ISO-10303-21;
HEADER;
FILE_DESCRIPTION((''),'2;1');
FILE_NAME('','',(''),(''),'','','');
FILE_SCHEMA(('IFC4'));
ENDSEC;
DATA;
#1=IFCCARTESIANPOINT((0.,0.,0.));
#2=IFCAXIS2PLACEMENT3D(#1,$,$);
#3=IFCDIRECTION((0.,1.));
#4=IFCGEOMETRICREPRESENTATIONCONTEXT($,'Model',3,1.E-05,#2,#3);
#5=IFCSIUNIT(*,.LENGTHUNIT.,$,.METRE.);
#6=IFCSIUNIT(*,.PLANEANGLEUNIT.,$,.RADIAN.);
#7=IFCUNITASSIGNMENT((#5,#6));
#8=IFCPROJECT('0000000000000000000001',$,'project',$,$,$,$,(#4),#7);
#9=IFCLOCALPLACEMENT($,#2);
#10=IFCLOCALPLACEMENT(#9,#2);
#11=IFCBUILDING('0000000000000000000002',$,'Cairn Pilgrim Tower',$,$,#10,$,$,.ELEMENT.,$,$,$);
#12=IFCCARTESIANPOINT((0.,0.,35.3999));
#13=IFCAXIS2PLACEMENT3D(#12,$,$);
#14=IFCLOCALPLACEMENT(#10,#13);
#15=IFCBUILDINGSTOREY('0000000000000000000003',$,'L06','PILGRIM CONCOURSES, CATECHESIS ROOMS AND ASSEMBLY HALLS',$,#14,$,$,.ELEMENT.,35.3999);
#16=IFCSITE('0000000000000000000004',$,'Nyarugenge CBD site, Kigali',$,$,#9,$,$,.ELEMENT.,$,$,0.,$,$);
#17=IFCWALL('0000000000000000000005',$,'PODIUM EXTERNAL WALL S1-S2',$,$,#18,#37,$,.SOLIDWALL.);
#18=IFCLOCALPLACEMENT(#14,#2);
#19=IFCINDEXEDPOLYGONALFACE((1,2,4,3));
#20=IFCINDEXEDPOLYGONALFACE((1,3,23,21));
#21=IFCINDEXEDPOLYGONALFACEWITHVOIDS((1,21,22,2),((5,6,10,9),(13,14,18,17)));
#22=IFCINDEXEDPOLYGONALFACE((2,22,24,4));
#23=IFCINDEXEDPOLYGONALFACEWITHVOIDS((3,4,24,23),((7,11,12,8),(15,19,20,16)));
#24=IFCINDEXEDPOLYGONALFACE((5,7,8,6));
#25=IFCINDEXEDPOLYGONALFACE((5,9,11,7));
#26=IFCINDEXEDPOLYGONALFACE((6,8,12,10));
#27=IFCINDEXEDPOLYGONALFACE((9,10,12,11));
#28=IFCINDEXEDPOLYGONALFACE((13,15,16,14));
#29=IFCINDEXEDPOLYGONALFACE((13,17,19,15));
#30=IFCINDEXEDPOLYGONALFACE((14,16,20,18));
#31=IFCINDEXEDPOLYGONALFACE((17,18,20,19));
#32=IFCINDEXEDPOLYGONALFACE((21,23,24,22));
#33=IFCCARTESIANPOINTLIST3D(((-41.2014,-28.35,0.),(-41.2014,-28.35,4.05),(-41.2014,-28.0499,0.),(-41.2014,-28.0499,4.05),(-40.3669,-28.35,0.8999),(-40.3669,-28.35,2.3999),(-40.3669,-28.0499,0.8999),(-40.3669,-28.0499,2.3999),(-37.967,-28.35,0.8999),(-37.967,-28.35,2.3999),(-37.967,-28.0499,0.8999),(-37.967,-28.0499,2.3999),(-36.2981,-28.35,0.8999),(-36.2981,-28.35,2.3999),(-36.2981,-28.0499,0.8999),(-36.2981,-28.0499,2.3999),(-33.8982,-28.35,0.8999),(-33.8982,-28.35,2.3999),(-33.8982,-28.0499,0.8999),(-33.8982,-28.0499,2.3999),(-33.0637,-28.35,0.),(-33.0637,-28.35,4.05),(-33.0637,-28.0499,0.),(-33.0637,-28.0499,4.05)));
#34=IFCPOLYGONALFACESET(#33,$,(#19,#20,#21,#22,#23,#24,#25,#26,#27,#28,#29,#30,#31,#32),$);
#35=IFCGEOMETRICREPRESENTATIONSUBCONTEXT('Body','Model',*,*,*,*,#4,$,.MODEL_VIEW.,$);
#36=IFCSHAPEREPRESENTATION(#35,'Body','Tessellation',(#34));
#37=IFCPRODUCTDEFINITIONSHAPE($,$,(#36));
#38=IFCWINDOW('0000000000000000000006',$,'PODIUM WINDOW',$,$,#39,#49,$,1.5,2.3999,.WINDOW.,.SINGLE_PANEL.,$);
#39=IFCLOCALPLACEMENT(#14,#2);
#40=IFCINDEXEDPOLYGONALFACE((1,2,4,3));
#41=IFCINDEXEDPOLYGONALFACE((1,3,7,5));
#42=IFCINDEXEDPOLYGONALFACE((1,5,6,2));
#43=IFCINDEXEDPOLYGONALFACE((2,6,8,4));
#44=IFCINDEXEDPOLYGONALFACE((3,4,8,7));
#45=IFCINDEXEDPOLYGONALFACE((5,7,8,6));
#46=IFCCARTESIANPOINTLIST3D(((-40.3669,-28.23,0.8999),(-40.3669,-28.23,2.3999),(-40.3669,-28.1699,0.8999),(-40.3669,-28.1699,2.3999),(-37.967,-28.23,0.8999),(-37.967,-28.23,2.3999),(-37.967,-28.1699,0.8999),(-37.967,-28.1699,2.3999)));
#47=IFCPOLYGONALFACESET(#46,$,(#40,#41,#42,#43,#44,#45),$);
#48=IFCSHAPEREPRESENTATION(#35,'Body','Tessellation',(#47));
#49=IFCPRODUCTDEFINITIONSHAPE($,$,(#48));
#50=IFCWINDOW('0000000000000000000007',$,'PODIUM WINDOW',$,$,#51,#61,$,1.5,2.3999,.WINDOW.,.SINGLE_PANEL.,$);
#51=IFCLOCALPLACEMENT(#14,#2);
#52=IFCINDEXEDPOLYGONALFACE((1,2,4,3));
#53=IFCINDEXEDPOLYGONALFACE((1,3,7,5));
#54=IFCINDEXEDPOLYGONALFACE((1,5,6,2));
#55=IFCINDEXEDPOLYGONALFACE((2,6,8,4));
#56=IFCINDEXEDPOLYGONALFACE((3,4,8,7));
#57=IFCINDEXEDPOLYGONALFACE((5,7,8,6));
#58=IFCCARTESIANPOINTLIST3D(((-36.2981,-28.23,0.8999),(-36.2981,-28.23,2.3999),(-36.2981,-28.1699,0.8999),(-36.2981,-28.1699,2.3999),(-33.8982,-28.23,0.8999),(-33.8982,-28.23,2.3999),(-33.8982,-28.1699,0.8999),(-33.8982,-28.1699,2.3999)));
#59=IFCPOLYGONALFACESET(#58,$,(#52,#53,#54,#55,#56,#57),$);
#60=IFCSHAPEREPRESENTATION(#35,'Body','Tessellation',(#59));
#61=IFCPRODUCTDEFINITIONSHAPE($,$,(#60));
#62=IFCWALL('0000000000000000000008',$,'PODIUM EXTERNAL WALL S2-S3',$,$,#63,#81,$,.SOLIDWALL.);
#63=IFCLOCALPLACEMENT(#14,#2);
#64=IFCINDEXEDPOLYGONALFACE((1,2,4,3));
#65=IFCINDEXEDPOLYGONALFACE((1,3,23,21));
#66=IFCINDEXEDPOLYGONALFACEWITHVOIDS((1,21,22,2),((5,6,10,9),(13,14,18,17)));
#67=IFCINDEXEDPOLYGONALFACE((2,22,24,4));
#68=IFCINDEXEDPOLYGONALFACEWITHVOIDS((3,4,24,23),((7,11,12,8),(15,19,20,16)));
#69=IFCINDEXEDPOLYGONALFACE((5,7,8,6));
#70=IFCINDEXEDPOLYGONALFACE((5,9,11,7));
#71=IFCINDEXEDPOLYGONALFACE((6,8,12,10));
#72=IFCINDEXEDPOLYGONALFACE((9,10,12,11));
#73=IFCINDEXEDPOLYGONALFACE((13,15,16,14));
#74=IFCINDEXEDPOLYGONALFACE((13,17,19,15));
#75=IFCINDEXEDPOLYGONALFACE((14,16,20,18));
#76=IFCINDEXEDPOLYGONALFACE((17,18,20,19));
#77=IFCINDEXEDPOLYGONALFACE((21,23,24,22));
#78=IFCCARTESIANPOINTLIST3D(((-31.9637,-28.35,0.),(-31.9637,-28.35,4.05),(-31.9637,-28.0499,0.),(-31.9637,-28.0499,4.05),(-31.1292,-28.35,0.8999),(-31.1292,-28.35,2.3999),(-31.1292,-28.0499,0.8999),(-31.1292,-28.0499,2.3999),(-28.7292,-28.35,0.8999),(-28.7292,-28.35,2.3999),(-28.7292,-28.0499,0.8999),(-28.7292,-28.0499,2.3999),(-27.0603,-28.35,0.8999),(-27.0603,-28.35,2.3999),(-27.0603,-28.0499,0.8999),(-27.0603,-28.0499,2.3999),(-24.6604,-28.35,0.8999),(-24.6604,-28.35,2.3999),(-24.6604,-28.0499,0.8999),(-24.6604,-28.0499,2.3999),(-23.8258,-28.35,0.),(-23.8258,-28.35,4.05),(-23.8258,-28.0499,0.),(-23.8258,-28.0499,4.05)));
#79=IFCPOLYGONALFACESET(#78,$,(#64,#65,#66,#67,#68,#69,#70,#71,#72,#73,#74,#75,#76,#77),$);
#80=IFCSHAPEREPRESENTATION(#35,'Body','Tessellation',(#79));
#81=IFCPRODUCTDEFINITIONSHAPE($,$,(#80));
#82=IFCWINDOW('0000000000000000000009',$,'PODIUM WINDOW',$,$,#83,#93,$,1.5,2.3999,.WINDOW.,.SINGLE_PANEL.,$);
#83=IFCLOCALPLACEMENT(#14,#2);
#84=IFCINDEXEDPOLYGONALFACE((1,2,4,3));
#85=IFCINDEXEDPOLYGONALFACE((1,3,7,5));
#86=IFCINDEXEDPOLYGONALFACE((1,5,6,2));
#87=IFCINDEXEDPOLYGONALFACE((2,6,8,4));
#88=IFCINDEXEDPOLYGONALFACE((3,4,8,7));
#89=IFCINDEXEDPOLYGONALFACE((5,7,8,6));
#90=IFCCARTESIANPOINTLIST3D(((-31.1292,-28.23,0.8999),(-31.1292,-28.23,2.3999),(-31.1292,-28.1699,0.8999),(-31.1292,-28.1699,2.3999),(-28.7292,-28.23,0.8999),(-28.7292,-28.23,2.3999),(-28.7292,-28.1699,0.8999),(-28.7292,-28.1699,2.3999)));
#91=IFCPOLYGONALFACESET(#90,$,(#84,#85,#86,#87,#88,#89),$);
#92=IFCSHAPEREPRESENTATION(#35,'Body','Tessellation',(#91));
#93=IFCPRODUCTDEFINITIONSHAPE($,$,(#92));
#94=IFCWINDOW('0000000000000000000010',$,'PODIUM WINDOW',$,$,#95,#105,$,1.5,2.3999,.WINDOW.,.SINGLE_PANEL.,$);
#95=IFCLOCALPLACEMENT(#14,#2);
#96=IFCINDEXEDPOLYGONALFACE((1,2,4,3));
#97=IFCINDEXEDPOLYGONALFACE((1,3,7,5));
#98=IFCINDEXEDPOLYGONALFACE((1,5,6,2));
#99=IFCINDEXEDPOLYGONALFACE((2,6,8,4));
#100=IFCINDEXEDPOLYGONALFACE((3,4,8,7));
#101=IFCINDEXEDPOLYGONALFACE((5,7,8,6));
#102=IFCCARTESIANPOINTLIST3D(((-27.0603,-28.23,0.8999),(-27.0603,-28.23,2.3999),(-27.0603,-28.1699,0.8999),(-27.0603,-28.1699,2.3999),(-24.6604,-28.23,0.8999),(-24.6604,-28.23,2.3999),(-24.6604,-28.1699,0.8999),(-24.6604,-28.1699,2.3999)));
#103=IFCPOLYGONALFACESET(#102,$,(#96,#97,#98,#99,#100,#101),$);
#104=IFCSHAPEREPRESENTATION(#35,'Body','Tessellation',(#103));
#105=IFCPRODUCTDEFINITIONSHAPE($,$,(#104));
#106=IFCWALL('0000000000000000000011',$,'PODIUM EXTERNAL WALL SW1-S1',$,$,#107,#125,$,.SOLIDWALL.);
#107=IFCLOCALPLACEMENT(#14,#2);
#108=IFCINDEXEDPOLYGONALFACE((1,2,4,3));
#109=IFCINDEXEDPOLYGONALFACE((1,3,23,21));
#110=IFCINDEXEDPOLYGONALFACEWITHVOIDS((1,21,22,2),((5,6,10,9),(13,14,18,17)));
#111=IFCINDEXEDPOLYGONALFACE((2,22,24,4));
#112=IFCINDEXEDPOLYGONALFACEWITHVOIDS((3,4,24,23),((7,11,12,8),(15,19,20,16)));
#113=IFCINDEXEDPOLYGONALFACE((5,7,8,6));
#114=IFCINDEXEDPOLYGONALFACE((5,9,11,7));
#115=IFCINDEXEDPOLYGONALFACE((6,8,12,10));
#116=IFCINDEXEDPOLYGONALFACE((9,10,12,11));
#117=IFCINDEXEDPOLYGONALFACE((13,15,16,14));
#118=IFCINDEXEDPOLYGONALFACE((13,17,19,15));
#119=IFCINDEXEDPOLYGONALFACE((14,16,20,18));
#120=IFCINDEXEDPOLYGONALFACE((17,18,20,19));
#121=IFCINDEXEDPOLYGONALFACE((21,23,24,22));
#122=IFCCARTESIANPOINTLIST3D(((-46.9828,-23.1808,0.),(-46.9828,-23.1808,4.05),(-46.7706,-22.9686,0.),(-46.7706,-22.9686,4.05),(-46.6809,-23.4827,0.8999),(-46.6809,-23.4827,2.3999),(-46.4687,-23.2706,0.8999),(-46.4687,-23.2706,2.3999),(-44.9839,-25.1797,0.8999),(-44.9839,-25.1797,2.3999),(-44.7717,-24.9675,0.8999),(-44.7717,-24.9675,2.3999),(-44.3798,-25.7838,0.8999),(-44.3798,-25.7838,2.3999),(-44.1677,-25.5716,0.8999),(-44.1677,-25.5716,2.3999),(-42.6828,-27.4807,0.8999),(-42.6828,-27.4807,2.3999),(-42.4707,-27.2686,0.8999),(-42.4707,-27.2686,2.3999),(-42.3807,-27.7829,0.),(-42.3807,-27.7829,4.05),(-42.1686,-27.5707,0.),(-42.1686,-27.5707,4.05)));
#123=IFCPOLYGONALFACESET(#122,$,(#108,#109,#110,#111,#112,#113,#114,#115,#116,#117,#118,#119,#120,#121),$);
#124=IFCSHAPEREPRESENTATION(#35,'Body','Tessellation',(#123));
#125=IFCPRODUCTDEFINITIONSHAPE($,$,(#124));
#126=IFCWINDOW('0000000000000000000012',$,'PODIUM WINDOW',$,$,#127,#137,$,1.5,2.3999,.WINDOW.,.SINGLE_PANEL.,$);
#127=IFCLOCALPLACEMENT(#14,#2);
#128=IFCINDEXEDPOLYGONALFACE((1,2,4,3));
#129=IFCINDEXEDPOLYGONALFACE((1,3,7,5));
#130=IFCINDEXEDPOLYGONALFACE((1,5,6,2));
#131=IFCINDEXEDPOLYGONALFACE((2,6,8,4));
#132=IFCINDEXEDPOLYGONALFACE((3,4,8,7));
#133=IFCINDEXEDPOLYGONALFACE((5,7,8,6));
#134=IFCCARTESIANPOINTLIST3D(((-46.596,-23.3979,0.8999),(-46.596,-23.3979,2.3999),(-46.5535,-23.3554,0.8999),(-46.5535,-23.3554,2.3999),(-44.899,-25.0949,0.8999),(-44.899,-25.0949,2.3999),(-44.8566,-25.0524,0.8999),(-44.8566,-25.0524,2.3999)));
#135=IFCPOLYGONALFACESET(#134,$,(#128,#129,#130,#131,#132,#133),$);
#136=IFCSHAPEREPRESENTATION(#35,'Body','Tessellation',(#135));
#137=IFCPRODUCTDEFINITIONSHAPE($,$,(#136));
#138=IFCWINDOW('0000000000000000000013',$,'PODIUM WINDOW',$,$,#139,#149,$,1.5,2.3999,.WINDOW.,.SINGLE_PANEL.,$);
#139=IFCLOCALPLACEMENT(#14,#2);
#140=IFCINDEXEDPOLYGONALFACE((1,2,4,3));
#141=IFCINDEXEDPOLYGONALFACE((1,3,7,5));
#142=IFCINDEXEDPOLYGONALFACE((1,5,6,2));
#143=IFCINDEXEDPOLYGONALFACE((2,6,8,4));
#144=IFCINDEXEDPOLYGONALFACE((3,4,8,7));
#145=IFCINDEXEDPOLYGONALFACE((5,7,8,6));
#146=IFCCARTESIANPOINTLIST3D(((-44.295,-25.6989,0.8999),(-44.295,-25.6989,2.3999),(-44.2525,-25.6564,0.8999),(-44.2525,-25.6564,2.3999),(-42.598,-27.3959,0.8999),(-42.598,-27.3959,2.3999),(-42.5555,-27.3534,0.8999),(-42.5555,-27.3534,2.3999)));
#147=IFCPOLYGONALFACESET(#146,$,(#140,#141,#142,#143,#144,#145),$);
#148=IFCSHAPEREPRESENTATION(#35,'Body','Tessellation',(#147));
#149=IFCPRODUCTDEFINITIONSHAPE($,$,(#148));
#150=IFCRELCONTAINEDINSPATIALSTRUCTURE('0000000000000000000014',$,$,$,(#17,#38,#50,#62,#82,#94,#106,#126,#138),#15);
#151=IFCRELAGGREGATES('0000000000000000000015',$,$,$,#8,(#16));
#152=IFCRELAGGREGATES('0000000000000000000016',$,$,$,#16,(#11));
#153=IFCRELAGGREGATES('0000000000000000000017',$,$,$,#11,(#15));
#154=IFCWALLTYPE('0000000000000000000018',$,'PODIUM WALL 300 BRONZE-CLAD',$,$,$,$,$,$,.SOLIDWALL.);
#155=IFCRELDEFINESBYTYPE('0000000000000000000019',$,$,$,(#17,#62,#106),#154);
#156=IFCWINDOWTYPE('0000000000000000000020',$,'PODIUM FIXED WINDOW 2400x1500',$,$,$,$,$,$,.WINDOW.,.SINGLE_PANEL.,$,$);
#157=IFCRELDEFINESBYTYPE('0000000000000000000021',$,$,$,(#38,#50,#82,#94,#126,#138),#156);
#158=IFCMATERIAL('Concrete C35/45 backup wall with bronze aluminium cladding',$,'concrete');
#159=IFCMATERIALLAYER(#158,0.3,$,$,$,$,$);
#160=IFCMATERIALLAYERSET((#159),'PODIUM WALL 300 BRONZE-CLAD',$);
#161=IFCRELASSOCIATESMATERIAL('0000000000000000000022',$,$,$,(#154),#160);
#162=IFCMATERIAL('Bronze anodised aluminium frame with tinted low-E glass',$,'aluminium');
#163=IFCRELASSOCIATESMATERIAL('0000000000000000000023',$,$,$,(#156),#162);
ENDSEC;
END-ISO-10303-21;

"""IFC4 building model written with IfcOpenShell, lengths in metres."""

from ifc_helpers import new_model, si_unit, direction, frame, frame_2d, origin, place, context, subcontext, project, spatial, rectangle, extrude, material, layer, layer_set, type_object, element, fill, save


model = new_model("IFC4")

# Units and contexts
model_context = context("Model", 3, precision=1e-05, world=origin(), true_north=direction((0.0, 1.0)))
body_context = subcontext(model_context, "Body", "Model", "MODEL_VIEW")
ifc_project = project(units=[si_unit("LENGTHUNIT", "METRE"), si_unit("PLANEANGLEUNIT", "RADIAN")], contexts=[model_context])

# Site, building, storey
site_placement = place(None, origin())
site = spatial("IfcSite", under=ifc_project, at=site_placement, Name="Nyarugenge CBD site, Kigali", CompositionType="ELEMENT", RefElevation=0.0)
building_placement = place(site_placement, origin())
building = spatial("IfcBuilding", under=site, at=building_placement, Name="Cairn Pilgrim Tower", CompositionType="ELEMENT")
storey_placement = place(building_placement, frame((0.0, 0.0, 35.3999)))
storey = spatial("IfcBuildingStorey", under=building, at=storey_placement, Name="L06", Description="PILGRIM CONCOURSES, CATECHESIS ROOMS AND ASSEMBLY HALLS", CompositionType="ELEMENT", Elevation=35.3999)

# Walls, openings, windows
ifc_material_1 = material(Name="Concrete C35/45 backup wall with bronze aluminium cladding", Category="concrete")
ifc_layer_1 = layer(ifc_material_1, 0.3)
ifc_layer_set_1 = layer_set([ifc_layer_1], Name="PODIUM WALL 300 BRONZE-CLAD")
wall_type_1 = type_object("IfcWallType", Name="PODIUM WALL 300 BRONZE-CLAD", PredefinedType="SOLIDWALL", material=ifc_layer_set_1)
wall_1_placement = place(storey_placement, frame((-41.2014, -28.2, 0.0), z_axis=(0.0, 0.0, 1.0), x_axis=(1.0, 0.0, 0.0)))
wall_1 = element("IfcWall", 1, at=wall_1_placement, inside=storey, type_object=wall_type_1, Name="PODIUM EXTERNAL WALL S1-S2", PredefinedType="SOLIDWALL", context=body_context, shape_type="SweptSolid", body=[
    extrude(rectangle(XDim=8.1377, YDim=0.3, at=frame_2d((4.0688, 0.0))), origin(), (0.0, 0.0, 1.0), 4.05),
])
opening_1_placement = place(wall_1_placement, frame((0.8345, 0.0, 0.8999)))
opening_1 = element("IfcOpeningElement", 2, at=opening_1_placement, cuts=wall_1, PredefinedType="OPENING", context=body_context, shape_type="SweptSolid", body=[
    extrude(rectangle(XDim=2.3999, YDim=1.5, at=frame_2d((1.2, 0.75))), frame((0.0, 0.1602, 0.0), z_axis=(0.0, -1.0, 0.0), x_axis=(1.0, 0.0, 0.0)), (0.0, 0.0, 1.0), 0.3201),
])
opening_2_placement = place(wall_1_placement, frame((4.9033, 0.0, 0.8999)))
opening_2 = element("IfcOpeningElement", 3, at=opening_2_placement, cuts=wall_1, PredefinedType="OPENING", context=body_context, shape_type="SweptSolid", body=[
    extrude(rectangle(XDim=2.3999, YDim=1.5, at=frame_2d((1.2, 0.75))), frame((0.0, 0.1602, 0.0), z_axis=(0.0, -1.0, 0.0), x_axis=(1.0, 0.0, 0.0)), (0.0, 0.0, 1.0), 0.3201),
])
ifc_material_2 = material(Name="Bronze anodised aluminium frame with tinted low-E glass", Category="aluminium")
window_type = type_object("IfcWindowType", Name="PODIUM FIXED WINDOW 2400x1500", PartitioningType="SINGLE_PANEL", PredefinedType="WINDOW", material=ifc_material_2)
window_1_placement = place(opening_1_placement, origin())
window_1 = element("IfcWindow", 4, at=window_1_placement, inside=storey, type_object=window_type, Name="PODIUM WINDOW", OverallHeight=1.5, OverallWidth=2.3999, PartitioningType="SINGLE_PANEL", PredefinedType="WINDOW", context=body_context, shape_type="SweptSolid", body=[
    extrude(rectangle(XDim=2.3999, YDim=1.5, at=frame_2d((1.2, 0.75))), frame((0.0, 0.03, 0.0), z_axis=(0.0, -1.0, 0.0), x_axis=(1.0, 0.0, 0.0)), (0.0, 0.0, 1.0), 0.0601),
])
fill(opening_1, window_1)
window_2_placement = place(opening_2_placement, origin())
window_2 = element("IfcWindow", 5, at=window_2_placement, inside=storey, type_object=window_type, Name="PODIUM WINDOW", OverallHeight=1.5, OverallWidth=2.3999, PartitioningType="SINGLE_PANEL", PredefinedType="WINDOW", context=body_context, shape_type="SweptSolid", body=[
    extrude(rectangle(XDim=2.3999, YDim=1.5, at=frame_2d((1.2, 0.75))), frame((0.0, 0.03, 0.0), z_axis=(0.0, -1.0, 0.0), x_axis=(1.0, 0.0, 0.0)), (0.0, 0.0, 1.0), 0.0601),
])
fill(opening_2, window_2)
wall_2_placement = place(storey_placement, frame((-31.9636, -28.2, 0.0), z_axis=(0.0, 0.0, 1.0), x_axis=(1.0, 0.0, 0.0)))
wall_2 = element("IfcWall", 6, at=wall_2_placement, inside=storey, type_object=wall_type_1, Name="PODIUM EXTERNAL WALL S2-S3", PredefinedType="SOLIDWALL", context=body_context, shape_type="SweptSolid", body=[
    extrude(rectangle(XDim=8.1379, YDim=0.3, at=frame_2d((4.0688, 0.0))), origin(), (0.0, 0.0, 1.0), 4.05),
])
opening_3_placement = place(wall_2_placement, frame((0.8345, 0.0, 0.8999)))
opening_3 = element("IfcOpeningElement", 7, at=opening_3_placement, cuts=wall_2, PredefinedType="OPENING", context=body_context, shape_type="SweptSolid", body=[
    extrude(rectangle(XDim=2.3999, YDim=1.5, at=frame_2d((1.2, 0.75))), frame((0.0, 0.1602, 0.0), z_axis=(0.0, -1.0, 0.0), x_axis=(1.0, 0.0, 0.0)), (0.0, 0.0, 1.0), 0.3201),
])
opening_4_placement = place(wall_2_placement, frame((4.9033, 0.0, 0.8999)))
opening_4 = element("IfcOpeningElement", 8, at=opening_4_placement, cuts=wall_2, PredefinedType="OPENING", context=body_context, shape_type="SweptSolid", body=[
    extrude(rectangle(XDim=2.3999, YDim=1.5, at=frame_2d((1.2, 0.75))), frame((0.0, 0.1602, 0.0), z_axis=(0.0, -1.0, 0.0), x_axis=(1.0, 0.0, 0.0)), (0.0, 0.0, 1.0), 0.3201),
])
window_3_placement = place(opening_3_placement, origin())
window_3 = element("IfcWindow", 9, at=window_3_placement, inside=storey, type_object=window_type, Name="PODIUM WINDOW", OverallHeight=1.5, OverallWidth=2.3999, PartitioningType="SINGLE_PANEL", PredefinedType="WINDOW", context=body_context, shape_type="SweptSolid", body=[
    extrude(rectangle(XDim=2.3999, YDim=1.5, at=frame_2d((1.2, 0.75))), frame((0.0, 0.03, 0.0), z_axis=(0.0, -1.0, 0.0), x_axis=(1.0, 0.0, 0.0)), (0.0, 0.0, 1.0), 0.0601),
])
fill(opening_3, window_3)
window_4_placement = place(opening_4_placement, origin())
window_4 = element("IfcWindow", 10, at=window_4_placement, inside=storey, type_object=window_type, Name="PODIUM WINDOW", OverallHeight=1.5, OverallWidth=2.3999, PartitioningType="SINGLE_PANEL", PredefinedType="WINDOW", context=body_context, shape_type="SweptSolid", body=[
    extrude(rectangle(XDim=2.3999, YDim=1.5, at=frame_2d((1.2, 0.75))), frame((0.0, 0.03, 0.0), z_axis=(0.0, -1.0, 0.0), x_axis=(1.0, 0.0, 0.0)), (0.0, 0.0, 1.0), 0.0601),
])
fill(opening_4, window_4)
wall_3_placement = place(storey_placement, frame((-46.8767, -23.0747, 0.0), z_axis=(0.0, 0.0, 1.0), x_axis=(0.707107, -0.707107, 0.0)))
wall_3 = element("IfcWall", 11, at=wall_3_placement, inside=storey, type_object=wall_type_1, Name="PODIUM EXTERNAL WALL SW1-S1", PredefinedType="SOLIDWALL", context=body_context, shape_type="SweptSolid", body=[
    extrude(rectangle(XDim=6.5083, YDim=0.3, at=frame_2d((3.2542, 0.0))), origin(), (0.0, 0.0, 1.0), 4.05),
])
opening_5_placement = place(wall_3_placement, frame((0.427, 0.0, 0.8999)))
opening_5 = element("IfcOpeningElement", 12, at=opening_5_placement, cuts=wall_3, PredefinedType="OPENING", context=body_context, shape_type="SweptSolid", body=[
    extrude(rectangle(XDim=2.3999, YDim=1.5, at=frame_2d((1.2, 0.75))), frame((0.0, 0.1602, 0.0), z_axis=(0.0, -1.0, 0.0), x_axis=(1.0, 0.0, 0.0)), (0.0, 0.0, 1.0), 0.3201),
])
opening_6_placement = place(wall_3_placement, frame((3.6812, 0.0, 0.8999)))
opening_6 = element("IfcOpeningElement", 13, at=opening_6_placement, cuts=wall_3, PredefinedType="OPENING", context=body_context, shape_type="SweptSolid", body=[
    extrude(rectangle(XDim=2.3999, YDim=1.5, at=frame_2d((1.2, 0.75))), frame((0.0, 0.1602, 0.0), z_axis=(0.0, -1.0, 0.0), x_axis=(1.0, 0.0, 0.0)), (0.0, 0.0, 1.0), 0.3201),
])
window_5_placement = place(opening_5_placement, origin())
window_5 = element("IfcWindow", 14, at=window_5_placement, inside=storey, type_object=window_type, Name="PODIUM WINDOW", OverallHeight=1.5, OverallWidth=2.3999, PartitioningType="SINGLE_PANEL", PredefinedType="WINDOW", context=body_context, shape_type="SweptSolid", body=[
    extrude(rectangle(XDim=2.3999, YDim=1.5, at=frame_2d((1.2, 0.75))), frame((0.0, 0.03, 0.0), z_axis=(0.0, -1.0, 0.0), x_axis=(1.0, 0.0, 0.0)), (0.0, 0.0, 1.0), 0.0601),
])
fill(opening_5, window_5)
window_6_placement = place(opening_6_placement, origin())
window_6 = element("IfcWindow", 15, at=window_6_placement, inside=storey, type_object=window_type, Name="PODIUM WINDOW", OverallHeight=1.5, OverallWidth=2.3999, PartitioningType="SINGLE_PANEL", PredefinedType="WINDOW", context=body_context, shape_type="SweptSolid", body=[
    extrude(rectangle(XDim=2.3999, YDim=1.5, at=frame_2d((1.2, 0.75))), frame((0.0, 0.03, 0.0), z_axis=(0.0, -1.0, 0.0), x_axis=(1.0, 0.0, 0.0)), (0.0, 0.0, 1.0), 0.0601),
])
fill(opening_6, window_6)

save(model, "model.ifc")
